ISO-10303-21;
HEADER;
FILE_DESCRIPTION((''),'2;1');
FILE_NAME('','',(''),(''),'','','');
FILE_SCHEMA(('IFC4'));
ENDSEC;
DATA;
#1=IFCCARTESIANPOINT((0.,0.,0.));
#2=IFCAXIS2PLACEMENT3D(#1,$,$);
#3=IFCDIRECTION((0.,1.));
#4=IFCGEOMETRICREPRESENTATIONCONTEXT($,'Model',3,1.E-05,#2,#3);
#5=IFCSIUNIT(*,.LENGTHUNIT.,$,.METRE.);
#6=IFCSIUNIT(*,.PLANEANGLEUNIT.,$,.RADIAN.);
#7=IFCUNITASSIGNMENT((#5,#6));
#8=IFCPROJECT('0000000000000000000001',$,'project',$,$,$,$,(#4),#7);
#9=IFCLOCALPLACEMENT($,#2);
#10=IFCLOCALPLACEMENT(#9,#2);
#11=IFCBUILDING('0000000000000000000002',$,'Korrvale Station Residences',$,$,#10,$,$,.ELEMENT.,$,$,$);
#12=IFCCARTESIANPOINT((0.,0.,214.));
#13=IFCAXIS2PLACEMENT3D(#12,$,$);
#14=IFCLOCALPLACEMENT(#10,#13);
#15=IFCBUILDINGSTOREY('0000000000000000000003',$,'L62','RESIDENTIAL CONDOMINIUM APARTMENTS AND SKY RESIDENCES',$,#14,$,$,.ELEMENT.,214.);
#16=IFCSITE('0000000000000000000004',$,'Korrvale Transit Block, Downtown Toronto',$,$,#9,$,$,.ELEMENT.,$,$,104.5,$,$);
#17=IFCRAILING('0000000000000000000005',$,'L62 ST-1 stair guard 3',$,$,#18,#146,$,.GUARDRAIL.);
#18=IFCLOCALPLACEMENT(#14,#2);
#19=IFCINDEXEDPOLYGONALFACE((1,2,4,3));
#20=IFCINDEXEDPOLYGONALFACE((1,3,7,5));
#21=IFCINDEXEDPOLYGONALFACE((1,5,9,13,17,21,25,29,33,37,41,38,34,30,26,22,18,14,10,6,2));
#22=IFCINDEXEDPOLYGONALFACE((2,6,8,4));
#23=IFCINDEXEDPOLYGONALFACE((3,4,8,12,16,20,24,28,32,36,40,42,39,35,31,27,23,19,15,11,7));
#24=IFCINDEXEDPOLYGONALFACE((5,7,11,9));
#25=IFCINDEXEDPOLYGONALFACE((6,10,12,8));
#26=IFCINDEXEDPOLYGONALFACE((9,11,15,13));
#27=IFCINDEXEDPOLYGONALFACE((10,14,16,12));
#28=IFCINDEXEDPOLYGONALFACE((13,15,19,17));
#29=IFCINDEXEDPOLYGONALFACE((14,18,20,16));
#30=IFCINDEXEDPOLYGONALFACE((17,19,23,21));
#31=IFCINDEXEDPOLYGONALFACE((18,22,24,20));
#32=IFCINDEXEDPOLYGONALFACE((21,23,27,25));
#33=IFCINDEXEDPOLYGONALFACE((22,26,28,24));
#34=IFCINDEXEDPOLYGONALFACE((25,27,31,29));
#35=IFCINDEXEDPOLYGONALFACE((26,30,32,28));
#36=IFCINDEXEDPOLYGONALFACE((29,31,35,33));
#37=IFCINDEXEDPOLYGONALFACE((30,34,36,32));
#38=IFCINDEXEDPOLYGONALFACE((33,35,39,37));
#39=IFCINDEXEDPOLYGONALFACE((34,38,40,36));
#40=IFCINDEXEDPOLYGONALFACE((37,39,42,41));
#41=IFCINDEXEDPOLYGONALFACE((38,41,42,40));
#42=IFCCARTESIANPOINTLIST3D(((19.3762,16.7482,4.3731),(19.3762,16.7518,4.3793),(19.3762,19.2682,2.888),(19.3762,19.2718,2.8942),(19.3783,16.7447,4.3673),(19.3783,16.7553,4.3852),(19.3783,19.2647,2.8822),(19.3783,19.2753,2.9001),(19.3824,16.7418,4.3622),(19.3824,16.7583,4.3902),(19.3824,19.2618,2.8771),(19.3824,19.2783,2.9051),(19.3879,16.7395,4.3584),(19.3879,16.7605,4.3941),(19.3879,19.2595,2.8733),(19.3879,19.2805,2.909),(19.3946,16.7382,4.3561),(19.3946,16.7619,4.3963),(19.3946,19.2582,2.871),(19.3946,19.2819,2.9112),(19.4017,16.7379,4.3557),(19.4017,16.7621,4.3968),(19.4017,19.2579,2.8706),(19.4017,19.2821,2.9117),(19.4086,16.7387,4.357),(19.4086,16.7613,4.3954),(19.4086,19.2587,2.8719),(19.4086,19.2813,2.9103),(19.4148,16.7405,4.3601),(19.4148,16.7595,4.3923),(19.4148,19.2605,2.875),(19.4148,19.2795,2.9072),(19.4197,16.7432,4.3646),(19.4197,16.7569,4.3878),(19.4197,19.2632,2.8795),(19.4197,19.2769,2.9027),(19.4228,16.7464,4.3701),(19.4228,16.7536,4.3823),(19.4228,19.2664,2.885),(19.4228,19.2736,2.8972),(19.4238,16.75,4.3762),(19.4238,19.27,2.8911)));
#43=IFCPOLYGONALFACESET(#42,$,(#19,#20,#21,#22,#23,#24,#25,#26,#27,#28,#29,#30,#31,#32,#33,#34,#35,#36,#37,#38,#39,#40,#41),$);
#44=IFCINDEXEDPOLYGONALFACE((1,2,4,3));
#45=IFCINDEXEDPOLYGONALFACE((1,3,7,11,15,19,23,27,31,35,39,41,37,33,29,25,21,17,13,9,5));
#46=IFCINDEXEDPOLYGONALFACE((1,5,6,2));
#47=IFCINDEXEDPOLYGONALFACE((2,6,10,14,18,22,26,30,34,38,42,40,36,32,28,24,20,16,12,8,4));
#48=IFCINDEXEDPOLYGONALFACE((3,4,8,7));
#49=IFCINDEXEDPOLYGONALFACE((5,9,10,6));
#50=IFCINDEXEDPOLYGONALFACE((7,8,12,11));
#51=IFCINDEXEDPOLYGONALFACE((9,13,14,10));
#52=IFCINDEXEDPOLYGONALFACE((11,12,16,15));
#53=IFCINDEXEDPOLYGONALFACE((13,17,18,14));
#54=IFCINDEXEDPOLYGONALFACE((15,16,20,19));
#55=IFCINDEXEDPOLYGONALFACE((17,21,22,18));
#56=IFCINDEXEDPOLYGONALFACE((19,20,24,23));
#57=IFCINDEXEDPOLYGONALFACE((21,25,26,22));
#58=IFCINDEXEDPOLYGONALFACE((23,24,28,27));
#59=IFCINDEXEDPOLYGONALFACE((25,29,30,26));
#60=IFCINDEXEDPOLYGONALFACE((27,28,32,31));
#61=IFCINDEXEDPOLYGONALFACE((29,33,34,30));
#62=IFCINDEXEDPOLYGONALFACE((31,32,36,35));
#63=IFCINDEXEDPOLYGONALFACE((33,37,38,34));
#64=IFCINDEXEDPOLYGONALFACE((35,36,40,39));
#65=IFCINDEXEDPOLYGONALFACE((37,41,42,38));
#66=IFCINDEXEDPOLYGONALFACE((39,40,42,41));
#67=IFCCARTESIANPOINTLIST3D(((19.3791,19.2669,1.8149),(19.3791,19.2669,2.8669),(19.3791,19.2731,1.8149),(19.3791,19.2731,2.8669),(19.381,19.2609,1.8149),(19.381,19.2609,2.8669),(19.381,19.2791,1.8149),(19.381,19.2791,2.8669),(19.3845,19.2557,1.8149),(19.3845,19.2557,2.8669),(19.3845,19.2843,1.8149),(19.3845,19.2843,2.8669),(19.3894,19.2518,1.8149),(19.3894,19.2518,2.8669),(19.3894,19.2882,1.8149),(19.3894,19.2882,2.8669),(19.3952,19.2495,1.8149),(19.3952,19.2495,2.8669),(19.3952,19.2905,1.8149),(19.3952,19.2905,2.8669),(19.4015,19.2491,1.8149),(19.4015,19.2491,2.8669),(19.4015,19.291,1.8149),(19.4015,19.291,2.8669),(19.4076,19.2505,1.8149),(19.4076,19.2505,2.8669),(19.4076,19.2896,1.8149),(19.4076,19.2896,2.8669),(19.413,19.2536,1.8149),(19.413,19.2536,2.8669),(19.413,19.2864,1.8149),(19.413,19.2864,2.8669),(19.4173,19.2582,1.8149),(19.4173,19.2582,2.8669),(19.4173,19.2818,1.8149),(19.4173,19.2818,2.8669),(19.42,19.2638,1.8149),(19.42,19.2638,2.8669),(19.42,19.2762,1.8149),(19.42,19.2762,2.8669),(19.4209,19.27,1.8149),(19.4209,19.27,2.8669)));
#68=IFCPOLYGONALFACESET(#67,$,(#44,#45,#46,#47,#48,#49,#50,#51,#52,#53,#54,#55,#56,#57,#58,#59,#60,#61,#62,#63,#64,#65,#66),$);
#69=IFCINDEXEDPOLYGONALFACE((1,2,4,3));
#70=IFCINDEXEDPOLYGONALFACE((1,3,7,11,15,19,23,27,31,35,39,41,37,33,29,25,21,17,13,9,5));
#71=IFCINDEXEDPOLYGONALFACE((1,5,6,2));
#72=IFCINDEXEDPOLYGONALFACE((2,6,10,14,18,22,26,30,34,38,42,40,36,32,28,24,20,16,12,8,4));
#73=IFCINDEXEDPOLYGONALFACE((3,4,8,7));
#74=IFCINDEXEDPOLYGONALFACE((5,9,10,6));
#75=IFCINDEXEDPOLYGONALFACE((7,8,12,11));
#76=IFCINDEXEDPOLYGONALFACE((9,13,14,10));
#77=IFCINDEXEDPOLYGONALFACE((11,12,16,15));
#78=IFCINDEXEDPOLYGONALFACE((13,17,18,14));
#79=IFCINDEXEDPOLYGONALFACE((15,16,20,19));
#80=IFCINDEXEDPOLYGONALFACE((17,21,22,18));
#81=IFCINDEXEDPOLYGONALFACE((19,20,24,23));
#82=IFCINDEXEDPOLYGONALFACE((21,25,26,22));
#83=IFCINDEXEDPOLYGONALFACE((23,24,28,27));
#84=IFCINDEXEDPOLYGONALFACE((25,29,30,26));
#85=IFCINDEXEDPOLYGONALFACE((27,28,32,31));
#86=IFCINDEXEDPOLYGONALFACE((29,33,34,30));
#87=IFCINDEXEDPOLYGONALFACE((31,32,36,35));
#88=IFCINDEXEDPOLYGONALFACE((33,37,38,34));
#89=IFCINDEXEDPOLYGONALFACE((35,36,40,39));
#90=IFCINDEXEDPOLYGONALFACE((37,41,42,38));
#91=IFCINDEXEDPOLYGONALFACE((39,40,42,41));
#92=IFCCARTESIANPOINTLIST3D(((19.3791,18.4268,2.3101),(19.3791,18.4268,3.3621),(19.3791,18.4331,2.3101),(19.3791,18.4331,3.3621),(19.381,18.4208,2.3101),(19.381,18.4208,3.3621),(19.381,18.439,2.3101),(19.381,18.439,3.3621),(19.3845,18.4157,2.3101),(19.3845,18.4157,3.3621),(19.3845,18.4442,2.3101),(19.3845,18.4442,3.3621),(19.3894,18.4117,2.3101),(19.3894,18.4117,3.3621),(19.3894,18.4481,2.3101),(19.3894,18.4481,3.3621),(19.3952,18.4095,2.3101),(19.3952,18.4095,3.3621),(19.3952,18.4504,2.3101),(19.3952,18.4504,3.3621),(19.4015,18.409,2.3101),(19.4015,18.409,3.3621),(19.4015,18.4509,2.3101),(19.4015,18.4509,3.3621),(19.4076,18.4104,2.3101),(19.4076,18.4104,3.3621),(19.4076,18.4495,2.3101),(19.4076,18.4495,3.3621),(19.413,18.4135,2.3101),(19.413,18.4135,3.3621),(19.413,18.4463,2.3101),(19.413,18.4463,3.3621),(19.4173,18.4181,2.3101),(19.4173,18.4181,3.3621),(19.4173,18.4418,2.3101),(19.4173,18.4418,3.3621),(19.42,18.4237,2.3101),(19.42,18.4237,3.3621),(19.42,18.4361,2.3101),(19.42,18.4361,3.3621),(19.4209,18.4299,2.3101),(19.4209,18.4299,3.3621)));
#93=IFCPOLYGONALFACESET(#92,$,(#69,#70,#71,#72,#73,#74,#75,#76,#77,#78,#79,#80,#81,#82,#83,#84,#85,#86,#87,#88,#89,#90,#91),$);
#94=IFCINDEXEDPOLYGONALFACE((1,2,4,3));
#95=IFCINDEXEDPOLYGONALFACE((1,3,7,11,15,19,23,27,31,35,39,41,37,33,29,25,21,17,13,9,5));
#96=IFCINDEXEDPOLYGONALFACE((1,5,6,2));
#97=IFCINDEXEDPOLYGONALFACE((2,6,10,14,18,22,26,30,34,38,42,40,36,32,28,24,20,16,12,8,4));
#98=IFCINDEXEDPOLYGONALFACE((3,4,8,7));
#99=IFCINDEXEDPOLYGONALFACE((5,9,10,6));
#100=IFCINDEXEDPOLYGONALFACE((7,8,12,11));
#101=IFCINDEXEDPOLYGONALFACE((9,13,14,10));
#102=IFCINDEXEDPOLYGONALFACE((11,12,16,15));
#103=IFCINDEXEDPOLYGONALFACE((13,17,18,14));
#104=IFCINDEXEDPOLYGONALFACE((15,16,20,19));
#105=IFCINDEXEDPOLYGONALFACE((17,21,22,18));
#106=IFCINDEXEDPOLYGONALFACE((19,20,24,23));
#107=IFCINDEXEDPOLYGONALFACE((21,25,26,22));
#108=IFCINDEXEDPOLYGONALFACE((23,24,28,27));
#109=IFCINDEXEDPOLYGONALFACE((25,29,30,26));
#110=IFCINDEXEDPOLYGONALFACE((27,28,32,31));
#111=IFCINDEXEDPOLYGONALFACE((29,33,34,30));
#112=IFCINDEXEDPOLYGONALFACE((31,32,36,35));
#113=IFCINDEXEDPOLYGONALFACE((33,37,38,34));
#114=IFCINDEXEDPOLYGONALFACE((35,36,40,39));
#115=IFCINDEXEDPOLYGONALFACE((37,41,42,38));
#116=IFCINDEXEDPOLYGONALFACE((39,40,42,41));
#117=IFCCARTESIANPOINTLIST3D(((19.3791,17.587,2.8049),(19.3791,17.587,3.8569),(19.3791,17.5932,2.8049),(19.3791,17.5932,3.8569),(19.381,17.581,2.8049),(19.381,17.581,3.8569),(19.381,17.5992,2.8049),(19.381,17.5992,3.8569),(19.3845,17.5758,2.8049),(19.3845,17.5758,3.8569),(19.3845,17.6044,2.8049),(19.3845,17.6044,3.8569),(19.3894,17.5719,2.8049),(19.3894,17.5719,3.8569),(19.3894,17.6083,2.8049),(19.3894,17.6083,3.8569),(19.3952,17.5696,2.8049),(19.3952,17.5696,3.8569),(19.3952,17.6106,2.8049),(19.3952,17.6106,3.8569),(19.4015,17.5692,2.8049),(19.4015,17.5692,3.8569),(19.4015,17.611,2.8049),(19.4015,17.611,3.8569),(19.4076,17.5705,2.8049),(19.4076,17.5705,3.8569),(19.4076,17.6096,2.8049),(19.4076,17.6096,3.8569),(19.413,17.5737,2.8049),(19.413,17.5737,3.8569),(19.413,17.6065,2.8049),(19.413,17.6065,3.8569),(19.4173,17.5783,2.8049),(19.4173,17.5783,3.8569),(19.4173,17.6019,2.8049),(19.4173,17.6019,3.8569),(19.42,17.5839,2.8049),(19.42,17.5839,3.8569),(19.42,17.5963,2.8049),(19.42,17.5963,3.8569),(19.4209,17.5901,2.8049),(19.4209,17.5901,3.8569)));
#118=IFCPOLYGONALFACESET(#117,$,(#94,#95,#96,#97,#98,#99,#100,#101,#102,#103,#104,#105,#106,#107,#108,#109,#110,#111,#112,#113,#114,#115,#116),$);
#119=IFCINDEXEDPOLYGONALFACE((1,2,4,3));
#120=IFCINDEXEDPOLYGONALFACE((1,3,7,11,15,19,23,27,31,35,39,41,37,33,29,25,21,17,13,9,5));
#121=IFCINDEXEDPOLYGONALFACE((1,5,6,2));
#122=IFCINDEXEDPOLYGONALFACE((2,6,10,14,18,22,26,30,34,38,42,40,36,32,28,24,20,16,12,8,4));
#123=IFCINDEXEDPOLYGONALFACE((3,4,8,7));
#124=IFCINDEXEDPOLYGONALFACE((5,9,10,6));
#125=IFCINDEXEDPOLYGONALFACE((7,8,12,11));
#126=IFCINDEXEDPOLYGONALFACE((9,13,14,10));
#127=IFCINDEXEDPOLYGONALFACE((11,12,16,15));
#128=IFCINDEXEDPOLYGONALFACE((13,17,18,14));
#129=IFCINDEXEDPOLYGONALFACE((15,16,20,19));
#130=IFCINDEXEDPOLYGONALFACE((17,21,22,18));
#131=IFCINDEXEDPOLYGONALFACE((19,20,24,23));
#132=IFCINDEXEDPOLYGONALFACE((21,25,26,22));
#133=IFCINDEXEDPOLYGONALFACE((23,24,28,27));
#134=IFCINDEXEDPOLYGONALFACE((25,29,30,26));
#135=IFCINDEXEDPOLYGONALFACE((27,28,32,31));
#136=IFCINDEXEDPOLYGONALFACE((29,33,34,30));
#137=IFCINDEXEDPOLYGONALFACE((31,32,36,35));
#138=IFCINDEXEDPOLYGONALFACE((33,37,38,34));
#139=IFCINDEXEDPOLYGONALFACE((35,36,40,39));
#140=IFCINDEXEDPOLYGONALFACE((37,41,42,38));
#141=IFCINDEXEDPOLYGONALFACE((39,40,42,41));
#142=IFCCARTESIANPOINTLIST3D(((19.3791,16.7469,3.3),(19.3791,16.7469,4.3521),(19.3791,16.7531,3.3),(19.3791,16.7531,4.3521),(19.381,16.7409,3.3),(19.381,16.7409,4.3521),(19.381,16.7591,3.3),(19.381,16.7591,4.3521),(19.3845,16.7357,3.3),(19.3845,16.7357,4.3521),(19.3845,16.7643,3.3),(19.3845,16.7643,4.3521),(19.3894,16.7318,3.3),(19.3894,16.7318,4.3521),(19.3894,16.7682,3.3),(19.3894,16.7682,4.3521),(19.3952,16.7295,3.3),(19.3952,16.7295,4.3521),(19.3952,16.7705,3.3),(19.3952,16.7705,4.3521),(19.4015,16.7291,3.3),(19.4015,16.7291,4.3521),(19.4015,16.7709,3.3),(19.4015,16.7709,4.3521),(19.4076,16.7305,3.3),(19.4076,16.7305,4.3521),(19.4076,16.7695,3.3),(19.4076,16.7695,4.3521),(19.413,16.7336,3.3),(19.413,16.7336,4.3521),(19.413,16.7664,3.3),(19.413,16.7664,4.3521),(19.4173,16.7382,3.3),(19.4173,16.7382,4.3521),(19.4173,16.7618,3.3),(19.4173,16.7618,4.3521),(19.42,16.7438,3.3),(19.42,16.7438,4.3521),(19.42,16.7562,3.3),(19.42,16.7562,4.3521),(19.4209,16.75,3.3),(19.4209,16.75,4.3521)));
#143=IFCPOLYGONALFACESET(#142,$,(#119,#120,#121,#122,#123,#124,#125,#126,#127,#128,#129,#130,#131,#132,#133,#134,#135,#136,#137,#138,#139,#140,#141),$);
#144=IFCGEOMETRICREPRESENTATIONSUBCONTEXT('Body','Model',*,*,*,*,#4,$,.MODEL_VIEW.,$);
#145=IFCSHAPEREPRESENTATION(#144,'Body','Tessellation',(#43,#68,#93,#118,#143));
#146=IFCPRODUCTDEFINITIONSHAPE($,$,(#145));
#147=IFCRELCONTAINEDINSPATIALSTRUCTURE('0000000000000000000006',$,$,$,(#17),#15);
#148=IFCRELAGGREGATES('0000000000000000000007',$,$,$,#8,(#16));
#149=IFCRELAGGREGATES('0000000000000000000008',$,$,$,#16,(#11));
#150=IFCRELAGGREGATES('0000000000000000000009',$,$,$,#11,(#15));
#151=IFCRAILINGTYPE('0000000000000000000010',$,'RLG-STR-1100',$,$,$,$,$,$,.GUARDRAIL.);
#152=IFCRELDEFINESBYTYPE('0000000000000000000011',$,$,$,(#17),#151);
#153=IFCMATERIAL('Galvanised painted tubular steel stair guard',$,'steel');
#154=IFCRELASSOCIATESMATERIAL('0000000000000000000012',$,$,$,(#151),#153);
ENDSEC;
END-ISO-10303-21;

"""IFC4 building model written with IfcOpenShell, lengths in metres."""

from ifc_helpers import new_model, si_unit, direction, frame, origin, origin_2d, place, context, subcontext, project, spatial, circle, extrude, material, type_object, element, save


model = new_model("IFC4")

# Units and contexts
model_context = context("Model", 3, precision=1e-05, world=origin(), true_north=direction((0.0, 1.0)))
body_context = subcontext(model_context, "Body", "Model", "MODEL_VIEW")
ifc_project = project(units=[si_unit("LENGTHUNIT", "METRE"), si_unit("PLANEANGLEUNIT", "RADIAN")], contexts=[model_context])

# Site, building, storey
site_placement = place(None, origin())
site = spatial("IfcSite", under=ifc_project, at=site_placement, Name="Korrvale Transit Block, Downtown Toronto", CompositionType="ELEMENT", RefElevation=104.5)
building_placement = place(site_placement, origin())
building = spatial("IfcBuilding", under=site, at=building_placement, Name="Korrvale Station Residences", CompositionType="ELEMENT")
storey_placement = place(building_placement, frame((0.0, 0.0, 214.0)))
storey = spatial("IfcBuildingStorey", under=building, at=storey_placement, Name="L62", Description="RESIDENTIAL CONDOMINIUM APARTMENTS AND SKY RESIDENCES", CompositionType="ELEMENT", Elevation=214.0)

# Railing
ifc_material_1 = material(Name="Galvanised painted tubular steel stair guard", Category="steel")
railing_type_1 = type_object("IfcRailingType", Name="RLG-STR-1100", PredefinedType="GUARDRAIL", material=ifc_material_1)
railing_1_placement = place(storey_placement, frame((19.3999, 19.27, 1.8149)))
element("IfcRailing", 1, at=railing_1_placement, inside=storey, type_object=railing_type_1, Name="L62 ST-1 stair guard 3", PredefinedType="GUARDRAIL", context=body_context, shape_type="SweptSolid", body=[
    extrude(circle(Radius=0.0239, at=origin_2d()), frame((0.0, 0.0, 1.0762), z_axis=(0.0, -0.861524, 0.507717), x_axis=(1.0, 0.0, 0.0)), (0.0, 0.0, 1.0), 2.925),
    extrude(circle(Radius=0.021, at=origin_2d()), origin(), (0.0, 0.0, 1.0), 1.052),
    extrude(circle(Radius=0.021, at=origin_2d()), frame((0.0, -0.8401, 0.4951)), (0.0, 0.0, 1.0), 1.052),
    extrude(circle(Radius=0.021, at=origin_2d()), frame((0.0, -1.6799, 0.99)), (0.0, 0.0, 1.0), 1.052),
    extrude(circle(Radius=0.021, at=origin_2d()), frame((0.0, -2.52, 1.4851)), (0.0, 0.0, 1.0), 1.052),
])

save(model, "model.ifc")
